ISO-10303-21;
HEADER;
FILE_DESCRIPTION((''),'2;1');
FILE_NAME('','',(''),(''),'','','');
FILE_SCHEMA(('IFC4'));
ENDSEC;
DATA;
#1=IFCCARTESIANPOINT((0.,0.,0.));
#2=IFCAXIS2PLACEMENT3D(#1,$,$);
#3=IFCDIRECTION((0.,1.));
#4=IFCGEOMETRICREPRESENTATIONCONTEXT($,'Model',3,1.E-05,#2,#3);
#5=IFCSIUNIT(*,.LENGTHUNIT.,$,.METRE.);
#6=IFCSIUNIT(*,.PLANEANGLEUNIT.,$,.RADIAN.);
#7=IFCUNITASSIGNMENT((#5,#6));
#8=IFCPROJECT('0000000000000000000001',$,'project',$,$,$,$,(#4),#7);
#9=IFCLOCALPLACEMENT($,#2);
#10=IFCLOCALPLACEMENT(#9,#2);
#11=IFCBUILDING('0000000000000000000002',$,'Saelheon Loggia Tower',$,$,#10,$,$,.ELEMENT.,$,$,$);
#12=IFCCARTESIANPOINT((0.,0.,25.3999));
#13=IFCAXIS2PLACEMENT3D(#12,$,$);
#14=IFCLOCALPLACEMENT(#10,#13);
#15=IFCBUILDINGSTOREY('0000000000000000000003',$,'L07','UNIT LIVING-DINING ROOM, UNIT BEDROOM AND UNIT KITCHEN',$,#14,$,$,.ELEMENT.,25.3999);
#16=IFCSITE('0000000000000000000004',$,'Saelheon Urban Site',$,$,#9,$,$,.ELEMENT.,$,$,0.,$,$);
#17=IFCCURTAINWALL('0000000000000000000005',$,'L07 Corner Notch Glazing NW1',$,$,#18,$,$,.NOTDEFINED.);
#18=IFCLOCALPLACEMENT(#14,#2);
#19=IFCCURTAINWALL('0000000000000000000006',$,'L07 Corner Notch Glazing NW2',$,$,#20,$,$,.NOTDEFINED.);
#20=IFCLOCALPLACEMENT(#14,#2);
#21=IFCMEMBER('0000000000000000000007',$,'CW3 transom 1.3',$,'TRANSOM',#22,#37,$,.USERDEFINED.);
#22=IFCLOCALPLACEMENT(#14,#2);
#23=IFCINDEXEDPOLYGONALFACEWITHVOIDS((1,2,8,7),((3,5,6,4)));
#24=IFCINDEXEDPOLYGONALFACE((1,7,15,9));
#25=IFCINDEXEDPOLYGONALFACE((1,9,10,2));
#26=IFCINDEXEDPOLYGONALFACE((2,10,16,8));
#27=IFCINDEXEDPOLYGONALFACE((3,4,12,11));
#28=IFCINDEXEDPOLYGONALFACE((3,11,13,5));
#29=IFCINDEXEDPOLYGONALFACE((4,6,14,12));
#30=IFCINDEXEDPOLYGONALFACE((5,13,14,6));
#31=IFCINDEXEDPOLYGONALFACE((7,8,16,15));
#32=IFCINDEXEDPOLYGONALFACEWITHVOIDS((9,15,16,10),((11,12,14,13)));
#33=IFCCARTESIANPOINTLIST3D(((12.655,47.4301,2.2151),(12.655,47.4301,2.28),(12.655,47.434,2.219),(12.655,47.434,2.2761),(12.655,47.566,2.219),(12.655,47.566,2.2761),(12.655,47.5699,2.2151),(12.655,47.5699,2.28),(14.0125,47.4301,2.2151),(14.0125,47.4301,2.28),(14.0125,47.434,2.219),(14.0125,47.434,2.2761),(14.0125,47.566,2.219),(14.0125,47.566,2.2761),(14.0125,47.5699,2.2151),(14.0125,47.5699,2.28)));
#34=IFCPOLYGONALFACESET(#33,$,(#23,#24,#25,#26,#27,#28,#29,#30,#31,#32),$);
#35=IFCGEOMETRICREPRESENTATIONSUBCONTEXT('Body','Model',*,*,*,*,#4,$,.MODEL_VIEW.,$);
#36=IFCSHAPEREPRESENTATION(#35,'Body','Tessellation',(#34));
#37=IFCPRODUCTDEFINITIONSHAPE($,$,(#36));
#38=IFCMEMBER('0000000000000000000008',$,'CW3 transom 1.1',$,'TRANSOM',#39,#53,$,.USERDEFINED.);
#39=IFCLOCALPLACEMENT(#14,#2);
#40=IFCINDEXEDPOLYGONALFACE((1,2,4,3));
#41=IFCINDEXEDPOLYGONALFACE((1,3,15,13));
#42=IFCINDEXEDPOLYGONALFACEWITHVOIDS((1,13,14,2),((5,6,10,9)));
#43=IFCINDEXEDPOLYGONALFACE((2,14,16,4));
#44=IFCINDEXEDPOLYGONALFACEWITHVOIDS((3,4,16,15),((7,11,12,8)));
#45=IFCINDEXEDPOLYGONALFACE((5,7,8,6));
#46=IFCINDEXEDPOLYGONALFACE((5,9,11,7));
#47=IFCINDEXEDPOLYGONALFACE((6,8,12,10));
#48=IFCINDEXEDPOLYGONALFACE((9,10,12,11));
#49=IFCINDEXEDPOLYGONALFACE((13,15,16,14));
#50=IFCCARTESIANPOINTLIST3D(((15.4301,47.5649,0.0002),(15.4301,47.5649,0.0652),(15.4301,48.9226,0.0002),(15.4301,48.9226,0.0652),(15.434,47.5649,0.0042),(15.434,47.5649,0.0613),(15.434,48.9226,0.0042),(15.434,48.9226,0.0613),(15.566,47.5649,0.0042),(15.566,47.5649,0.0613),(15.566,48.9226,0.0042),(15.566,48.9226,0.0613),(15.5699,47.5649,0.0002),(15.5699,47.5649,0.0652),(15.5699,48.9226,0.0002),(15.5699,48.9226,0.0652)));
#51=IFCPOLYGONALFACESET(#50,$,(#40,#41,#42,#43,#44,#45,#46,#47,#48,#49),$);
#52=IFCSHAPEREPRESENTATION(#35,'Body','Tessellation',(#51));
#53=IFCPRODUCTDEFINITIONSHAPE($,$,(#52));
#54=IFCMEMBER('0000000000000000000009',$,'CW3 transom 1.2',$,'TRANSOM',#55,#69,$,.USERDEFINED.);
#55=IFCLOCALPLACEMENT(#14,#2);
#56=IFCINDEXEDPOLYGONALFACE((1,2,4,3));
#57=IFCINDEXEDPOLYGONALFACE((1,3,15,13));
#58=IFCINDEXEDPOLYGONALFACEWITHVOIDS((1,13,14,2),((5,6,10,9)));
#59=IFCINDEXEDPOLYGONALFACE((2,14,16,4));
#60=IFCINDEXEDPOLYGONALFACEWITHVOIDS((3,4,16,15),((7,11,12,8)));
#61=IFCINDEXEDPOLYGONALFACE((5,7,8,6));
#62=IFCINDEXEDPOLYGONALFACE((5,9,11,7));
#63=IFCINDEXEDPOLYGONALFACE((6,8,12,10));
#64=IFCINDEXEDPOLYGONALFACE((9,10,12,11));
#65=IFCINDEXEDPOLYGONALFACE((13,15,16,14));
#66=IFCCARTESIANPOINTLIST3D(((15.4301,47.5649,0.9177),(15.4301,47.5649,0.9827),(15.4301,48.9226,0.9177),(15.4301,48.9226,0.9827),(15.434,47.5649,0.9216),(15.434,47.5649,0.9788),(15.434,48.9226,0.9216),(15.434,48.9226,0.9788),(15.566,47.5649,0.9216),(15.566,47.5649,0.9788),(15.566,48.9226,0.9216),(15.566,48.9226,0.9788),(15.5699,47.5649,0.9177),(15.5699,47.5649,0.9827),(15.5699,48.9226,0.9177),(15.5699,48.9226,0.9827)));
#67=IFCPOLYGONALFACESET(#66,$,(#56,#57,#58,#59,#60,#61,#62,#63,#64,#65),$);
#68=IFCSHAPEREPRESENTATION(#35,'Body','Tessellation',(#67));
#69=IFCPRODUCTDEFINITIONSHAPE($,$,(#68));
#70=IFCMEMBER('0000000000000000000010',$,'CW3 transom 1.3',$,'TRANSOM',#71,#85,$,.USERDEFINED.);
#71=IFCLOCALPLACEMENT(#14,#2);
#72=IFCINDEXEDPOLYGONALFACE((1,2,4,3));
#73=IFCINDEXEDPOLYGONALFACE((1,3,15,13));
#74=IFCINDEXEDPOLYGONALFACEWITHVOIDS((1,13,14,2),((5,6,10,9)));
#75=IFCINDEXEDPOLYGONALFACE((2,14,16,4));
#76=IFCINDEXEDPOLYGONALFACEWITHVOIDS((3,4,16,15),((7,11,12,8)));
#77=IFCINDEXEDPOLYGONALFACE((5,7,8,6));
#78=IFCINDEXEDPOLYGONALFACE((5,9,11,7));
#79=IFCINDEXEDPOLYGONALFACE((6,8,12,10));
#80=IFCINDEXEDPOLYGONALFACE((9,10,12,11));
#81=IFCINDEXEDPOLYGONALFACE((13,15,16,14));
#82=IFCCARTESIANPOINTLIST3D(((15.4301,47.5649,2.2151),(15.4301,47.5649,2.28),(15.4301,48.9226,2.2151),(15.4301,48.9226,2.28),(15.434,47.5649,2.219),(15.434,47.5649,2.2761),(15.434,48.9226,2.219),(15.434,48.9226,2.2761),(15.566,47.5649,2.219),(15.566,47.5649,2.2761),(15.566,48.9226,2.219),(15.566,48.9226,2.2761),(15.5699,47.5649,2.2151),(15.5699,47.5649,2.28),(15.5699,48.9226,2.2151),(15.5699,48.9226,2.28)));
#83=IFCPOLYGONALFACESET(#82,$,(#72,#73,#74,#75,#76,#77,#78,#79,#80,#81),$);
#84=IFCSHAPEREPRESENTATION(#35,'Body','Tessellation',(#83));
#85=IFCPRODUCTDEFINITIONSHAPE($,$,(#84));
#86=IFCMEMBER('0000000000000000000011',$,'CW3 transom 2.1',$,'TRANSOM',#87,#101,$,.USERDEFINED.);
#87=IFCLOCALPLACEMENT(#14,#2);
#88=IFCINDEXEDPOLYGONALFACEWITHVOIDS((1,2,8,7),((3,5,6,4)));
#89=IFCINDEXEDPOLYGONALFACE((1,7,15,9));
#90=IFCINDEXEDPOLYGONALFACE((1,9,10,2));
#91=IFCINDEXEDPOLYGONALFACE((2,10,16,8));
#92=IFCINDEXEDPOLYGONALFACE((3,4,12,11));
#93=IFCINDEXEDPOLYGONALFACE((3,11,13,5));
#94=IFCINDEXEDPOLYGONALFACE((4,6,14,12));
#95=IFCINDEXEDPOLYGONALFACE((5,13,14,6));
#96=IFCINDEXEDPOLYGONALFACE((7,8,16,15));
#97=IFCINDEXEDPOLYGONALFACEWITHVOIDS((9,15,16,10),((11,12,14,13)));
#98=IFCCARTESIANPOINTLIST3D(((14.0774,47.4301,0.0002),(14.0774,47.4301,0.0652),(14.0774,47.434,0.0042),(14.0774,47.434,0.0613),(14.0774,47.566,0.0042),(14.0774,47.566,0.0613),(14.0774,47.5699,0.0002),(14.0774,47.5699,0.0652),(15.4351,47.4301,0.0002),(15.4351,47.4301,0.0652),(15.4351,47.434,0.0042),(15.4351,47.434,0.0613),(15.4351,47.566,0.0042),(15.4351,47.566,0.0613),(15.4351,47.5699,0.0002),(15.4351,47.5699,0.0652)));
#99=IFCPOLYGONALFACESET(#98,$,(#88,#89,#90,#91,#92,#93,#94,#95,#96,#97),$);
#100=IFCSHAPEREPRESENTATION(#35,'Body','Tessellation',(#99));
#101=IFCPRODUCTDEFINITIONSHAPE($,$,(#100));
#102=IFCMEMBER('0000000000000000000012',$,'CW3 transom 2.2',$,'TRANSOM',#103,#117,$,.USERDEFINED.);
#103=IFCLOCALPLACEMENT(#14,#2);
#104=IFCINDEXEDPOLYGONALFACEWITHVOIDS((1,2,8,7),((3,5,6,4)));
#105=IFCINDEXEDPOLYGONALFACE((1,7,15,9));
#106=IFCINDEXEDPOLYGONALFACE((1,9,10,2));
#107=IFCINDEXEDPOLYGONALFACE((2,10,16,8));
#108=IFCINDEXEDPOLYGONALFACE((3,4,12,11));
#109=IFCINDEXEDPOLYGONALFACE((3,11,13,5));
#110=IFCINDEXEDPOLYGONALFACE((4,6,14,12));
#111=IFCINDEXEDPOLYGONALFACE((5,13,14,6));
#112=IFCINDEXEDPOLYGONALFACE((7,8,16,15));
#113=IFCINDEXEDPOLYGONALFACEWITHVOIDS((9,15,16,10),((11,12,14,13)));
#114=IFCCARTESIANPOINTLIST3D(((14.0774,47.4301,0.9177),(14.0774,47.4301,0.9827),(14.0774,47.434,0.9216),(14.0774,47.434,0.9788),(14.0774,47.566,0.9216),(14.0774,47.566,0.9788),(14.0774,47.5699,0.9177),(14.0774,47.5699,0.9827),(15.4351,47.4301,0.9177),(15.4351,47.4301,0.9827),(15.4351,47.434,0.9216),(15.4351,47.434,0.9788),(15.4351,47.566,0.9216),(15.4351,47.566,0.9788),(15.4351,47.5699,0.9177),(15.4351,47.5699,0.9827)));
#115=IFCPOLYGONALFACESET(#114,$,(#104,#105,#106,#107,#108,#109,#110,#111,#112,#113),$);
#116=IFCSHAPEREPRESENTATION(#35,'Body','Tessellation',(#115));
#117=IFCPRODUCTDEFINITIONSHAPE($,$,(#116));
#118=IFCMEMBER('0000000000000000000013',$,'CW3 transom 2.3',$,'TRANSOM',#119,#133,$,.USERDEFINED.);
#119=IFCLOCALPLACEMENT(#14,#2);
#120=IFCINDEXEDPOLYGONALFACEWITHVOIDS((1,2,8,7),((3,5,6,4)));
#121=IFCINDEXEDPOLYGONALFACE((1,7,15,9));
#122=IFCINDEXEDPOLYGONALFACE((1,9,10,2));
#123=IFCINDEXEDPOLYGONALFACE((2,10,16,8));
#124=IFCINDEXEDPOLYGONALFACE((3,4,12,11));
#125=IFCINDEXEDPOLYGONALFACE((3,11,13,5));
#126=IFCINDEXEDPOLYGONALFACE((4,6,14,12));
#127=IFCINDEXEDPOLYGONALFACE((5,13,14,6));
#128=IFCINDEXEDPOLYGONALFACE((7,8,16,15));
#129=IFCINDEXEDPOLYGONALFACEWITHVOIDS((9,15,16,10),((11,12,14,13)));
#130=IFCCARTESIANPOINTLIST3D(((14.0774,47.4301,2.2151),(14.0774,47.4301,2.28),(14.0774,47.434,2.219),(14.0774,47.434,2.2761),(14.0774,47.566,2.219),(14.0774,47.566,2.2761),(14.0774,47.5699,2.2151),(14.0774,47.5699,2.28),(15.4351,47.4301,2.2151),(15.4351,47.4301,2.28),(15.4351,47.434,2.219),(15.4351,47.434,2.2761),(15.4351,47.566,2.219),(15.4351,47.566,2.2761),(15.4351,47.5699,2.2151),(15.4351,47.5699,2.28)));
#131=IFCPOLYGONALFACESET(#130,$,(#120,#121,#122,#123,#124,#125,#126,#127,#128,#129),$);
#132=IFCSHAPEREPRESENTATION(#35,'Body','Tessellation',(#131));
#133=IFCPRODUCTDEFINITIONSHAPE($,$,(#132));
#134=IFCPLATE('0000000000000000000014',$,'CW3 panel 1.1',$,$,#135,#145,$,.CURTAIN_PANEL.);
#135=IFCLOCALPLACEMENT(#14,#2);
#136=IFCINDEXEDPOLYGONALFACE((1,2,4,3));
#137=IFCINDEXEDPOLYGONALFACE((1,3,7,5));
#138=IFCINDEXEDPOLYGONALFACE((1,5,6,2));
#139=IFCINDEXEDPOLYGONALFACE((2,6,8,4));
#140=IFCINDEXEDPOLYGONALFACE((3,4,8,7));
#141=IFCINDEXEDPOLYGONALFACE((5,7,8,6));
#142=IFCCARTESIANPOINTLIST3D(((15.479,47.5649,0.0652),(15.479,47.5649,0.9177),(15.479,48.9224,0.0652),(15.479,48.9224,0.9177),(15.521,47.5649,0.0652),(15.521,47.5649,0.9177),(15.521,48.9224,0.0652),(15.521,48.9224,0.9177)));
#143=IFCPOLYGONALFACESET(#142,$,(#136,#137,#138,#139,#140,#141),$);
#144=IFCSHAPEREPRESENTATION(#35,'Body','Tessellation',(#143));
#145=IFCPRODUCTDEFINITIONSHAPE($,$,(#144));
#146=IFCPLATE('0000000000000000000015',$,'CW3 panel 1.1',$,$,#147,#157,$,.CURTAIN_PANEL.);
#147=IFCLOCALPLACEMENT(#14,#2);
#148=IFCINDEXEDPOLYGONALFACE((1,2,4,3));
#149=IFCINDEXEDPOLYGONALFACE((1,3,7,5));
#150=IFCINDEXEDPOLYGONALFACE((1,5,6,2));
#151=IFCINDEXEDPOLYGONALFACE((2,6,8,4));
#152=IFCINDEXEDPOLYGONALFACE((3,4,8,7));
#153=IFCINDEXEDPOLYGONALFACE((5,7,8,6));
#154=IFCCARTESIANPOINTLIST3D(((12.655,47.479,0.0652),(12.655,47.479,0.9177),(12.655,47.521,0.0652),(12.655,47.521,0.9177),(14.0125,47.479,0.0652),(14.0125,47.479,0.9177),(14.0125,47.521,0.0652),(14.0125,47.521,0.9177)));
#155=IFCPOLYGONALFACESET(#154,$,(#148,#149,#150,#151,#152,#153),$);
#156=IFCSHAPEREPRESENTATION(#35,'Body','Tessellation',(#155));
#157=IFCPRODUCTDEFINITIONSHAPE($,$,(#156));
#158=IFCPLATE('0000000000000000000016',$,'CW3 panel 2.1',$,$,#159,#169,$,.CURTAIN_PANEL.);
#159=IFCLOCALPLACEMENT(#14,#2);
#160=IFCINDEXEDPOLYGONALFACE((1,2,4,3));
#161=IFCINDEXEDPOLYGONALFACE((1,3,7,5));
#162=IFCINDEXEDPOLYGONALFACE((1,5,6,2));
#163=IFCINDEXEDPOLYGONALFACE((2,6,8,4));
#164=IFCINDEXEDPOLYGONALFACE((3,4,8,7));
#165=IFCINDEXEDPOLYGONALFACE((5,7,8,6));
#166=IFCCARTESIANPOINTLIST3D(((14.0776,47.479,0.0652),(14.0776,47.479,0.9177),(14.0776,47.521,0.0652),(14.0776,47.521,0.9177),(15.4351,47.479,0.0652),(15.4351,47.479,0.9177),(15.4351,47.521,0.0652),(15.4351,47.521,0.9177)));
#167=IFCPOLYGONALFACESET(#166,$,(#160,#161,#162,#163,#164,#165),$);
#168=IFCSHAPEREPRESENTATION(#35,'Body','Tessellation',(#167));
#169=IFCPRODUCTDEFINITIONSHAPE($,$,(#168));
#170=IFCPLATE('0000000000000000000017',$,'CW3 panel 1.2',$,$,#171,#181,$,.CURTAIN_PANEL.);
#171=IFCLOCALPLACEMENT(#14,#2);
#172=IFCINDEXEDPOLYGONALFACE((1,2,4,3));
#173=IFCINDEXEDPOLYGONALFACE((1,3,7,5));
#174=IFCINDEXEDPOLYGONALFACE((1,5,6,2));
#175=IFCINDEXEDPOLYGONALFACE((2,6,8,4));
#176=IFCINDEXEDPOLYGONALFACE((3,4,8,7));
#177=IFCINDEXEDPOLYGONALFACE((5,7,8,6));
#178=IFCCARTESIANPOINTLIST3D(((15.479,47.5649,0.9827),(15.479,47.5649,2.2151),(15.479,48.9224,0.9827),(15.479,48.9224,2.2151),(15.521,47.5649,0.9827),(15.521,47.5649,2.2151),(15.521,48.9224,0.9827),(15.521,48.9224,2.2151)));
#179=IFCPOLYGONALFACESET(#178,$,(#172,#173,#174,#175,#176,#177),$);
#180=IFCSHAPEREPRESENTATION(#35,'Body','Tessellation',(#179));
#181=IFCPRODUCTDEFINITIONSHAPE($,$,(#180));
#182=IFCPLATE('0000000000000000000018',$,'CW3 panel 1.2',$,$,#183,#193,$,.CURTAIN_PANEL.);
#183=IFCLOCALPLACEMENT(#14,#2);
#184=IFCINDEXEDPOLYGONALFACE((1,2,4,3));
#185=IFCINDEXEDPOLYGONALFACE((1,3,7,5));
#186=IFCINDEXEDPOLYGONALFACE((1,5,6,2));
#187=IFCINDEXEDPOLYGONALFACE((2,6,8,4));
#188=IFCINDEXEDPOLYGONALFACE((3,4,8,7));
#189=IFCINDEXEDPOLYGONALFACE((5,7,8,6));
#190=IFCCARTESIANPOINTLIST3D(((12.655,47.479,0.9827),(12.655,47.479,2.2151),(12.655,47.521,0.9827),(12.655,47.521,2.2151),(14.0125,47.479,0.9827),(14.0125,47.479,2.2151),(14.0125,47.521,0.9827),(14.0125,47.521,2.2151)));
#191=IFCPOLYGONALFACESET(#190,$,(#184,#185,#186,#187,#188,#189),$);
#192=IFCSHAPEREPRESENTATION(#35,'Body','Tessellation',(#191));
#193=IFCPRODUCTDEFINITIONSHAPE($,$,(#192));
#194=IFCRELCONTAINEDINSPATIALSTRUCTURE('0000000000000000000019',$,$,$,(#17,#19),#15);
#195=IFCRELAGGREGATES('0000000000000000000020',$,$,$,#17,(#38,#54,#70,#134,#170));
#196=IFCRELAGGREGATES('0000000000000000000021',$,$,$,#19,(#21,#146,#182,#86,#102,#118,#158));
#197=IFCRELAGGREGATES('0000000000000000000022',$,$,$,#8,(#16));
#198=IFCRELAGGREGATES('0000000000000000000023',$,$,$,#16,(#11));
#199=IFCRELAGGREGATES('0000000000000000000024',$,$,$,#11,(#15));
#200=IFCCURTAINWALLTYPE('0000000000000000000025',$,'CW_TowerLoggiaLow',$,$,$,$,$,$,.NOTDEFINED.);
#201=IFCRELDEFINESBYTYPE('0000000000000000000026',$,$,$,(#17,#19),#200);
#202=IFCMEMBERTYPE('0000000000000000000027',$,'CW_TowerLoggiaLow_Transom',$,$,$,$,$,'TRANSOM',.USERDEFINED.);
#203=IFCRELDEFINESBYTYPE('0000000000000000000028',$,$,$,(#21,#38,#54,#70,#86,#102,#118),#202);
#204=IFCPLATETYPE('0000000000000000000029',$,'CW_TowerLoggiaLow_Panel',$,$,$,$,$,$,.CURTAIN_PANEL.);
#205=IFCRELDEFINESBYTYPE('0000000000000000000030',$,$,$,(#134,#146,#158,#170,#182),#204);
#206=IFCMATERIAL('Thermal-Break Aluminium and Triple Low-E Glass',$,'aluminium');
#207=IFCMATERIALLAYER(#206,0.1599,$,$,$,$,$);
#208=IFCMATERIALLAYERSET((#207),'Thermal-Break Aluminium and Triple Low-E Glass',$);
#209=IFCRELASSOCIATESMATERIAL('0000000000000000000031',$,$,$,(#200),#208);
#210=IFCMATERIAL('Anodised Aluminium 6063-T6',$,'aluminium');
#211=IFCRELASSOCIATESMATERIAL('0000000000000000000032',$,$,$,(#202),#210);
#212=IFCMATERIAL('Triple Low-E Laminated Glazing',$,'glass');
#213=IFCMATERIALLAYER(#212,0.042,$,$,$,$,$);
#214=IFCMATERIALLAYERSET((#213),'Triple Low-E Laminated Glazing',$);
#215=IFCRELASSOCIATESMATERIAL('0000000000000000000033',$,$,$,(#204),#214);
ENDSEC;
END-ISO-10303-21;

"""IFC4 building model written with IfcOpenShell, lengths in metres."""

from ifc_helpers import new_model, si_unit, direction, frame, origin, origin_2d, place, context, subcontext, project, spatial, rectangle, hollow_rectangle, extrude, source, transform, mapped, material, layer, layer_set, material_profile, profile_set, type_object, element, aggregate, save


model = new_model("IFC4")

# Units and contexts
model_context = context("Model", 3, precision=1e-05, world=origin(), true_north=direction((0.0, 1.0)))
body_context = subcontext(model_context, "Body", "Model", "MODEL_VIEW")
ifc_project = project(units=[si_unit("LENGTHUNIT", "METRE"), si_unit("PLANEANGLEUNIT", "RADIAN")], contexts=[model_context])

# Site, building, storey
site_placement = place(None, origin())
site = spatial("IfcSite", under=ifc_project, at=site_placement, Name="Saelheon Urban Site", CompositionType="ELEMENT", RefElevation=0.0)
building_placement = place(site_placement, origin())
building = spatial("IfcBuilding", under=site, at=building_placement, Name="Saelheon Loggia Tower", CompositionType="ELEMENT")
storey_placement = place(building_placement, frame((0.0, 0.0, 25.3999)))
storey = spatial("IfcBuildingStorey", under=building, at=storey_placement, Name="L07", Description="UNIT LIVING-DINING ROOM, UNIT BEDROOM AND UNIT KITCHEN", CompositionType="ELEMENT", Elevation=25.3999)

# Curtain walls
ifc_material_1 = material(Name="Thermal-Break Aluminium and Triple Low-E Glass", Category="aluminium")
ifc_layer_1 = layer(ifc_material_1, 0.1599)
ifc_layer_set_1 = layer_set([ifc_layer_1], Name="Thermal-Break Aluminium and Triple Low-E Glass")
curtain_wall_type = type_object("IfcCurtainWallType", Name="CW_TowerLoggiaLow", PredefinedType="NOTDEFINED", material=ifc_layer_set_1)
curtain_wall_1_placement = place(storey_placement, origin())
curtain_wall_1 = element("IfcCurtainWall", 1, at=curtain_wall_1_placement, inside=storey, type_object=curtain_wall_type, Name="L07 Corner Notch Glazing NW1", PredefinedType="NOTDEFINED")
ifc_material_2 = material(Name="Anodised Aluminium 6063-T6", Category="aluminium")
curtain_wall_2_placement = place(storey_placement, origin())
curtain_wall_2 = element("IfcCurtainWall", 2, at=curtain_wall_2_placement, inside=storey, type_object=curtain_wall_type, Name="L07 Corner Notch Glazing NW2", PredefinedType="NOTDEFINED")

# Members
ifc_material_profile_1 = material_profile(ifc_material_2, hollow_rectangle(XDim=0.0649, YDim=0.1399, WallThickness=0.0039, at=origin_2d()), Name="RHS-140x65x4")
ifc_profile_set_1 = profile_set([ifc_material_profile_1], Name="Anodised Aluminium 6063-T6")
member_type_1 = type_object("IfcMemberType", Name="CW_TowerLoggiaLow_Transom", ElementType="TRANSOM", PredefinedType="USERDEFINED", material=ifc_profile_set_1)
shared_shape_1 = source(origin(), body_context, "Body", "SweptSolid", [
    extrude(hollow_rectangle(XDim=0.0649, YDim=0.1399, WallThickness=0.0039, at=origin_2d()), origin(), (0.0, 0.0, 1.0), 1.3574),
])
member_1_placement = place(storey_placement, frame((12.655, 47.5, 2.2476), z_axis=(1.0, 0.0, 0.0), x_axis=(0.0, 0.0, 1.0)))
member_1 = element("IfcMember", 3, at=member_1_placement, type_object=member_type_1, Name="CW3 transom 1.3", ObjectType="TRANSOM", PredefinedType="USERDEFINED", context=body_context, shape_type="MappedRepresentation", body=[
    mapped(shared_shape_1, transform((0.0, 0.0, 0.0), scale=1.0)),
])
shared_shape_2 = source(origin(), body_context, "Body", "SweptSolid", [
    extrude(hollow_rectangle(XDim=0.0649, YDim=0.1399, WallThickness=0.0039, at=origin_2d()), origin(), (0.0, 0.0, 1.0), 1.3577),
])
member_2_placement = place(storey_placement, frame((15.5, 47.5649, 0.0327), z_axis=(0.0, 1.0, 0.0), x_axis=(0.0, 0.0, 1.0)))
member_2 = element("IfcMember", 4, at=member_2_placement, type_object=member_type_1, Name="CW3 transom 1.1", ObjectType="TRANSOM", PredefinedType="USERDEFINED", context=body_context, shape_type="MappedRepresentation", body=[
    mapped(shared_shape_2, transform((0.0, 0.0, 0.0), scale=1.0)),
])
member_3_placement = place(storey_placement, frame((15.5, 47.5649, 0.9502), z_axis=(0.0, 1.0, 0.0), x_axis=(0.0, 0.0, 1.0)))
member_3 = element("IfcMember", 5, at=member_3_placement, type_object=member_type_1, Name="CW3 transom 1.2", ObjectType="TRANSOM", PredefinedType="USERDEFINED", context=body_context, shape_type="MappedRepresentation", body=[
    mapped(shared_shape_2, transform((0.0, 0.0, 0.0), scale=1.0)),
])
member_4_placement = place(storey_placement, frame((15.5, 47.5649, 2.2476), z_axis=(0.0, 1.0, 0.0), x_axis=(0.0, 0.0, 1.0)))
member_4 = element("IfcMember", 6, at=member_4_placement, type_object=member_type_1, Name="CW3 transom 1.3", ObjectType="TRANSOM", PredefinedType="USERDEFINED", context=body_context, shape_type="MappedRepresentation", body=[
    mapped(shared_shape_2, transform((0.0, 0.0, 0.0), scale=1.0)),
])
member_5_placement = place(storey_placement, frame((14.0774, 47.5, 0.0327), z_axis=(1.0, 0.0, 0.0), x_axis=(0.0, 0.0, 1.0)))
member_5 = element("IfcMember", 7, at=member_5_placement, type_object=member_type_1, Name="CW3 transom 2.1", ObjectType="TRANSOM", PredefinedType="USERDEFINED", context=body_context, shape_type="MappedRepresentation", body=[
    mapped(shared_shape_2, transform((0.0, 0.0, 0.0), scale=1.0)),
])
member_6_placement = place(storey_placement, frame((14.0774, 47.5, 0.9502), z_axis=(1.0, 0.0, 0.0), x_axis=(0.0, 0.0, 1.0)))
member_6 = element("IfcMember", 8, at=member_6_placement, type_object=member_type_1, Name="CW3 transom 2.2", ObjectType="TRANSOM", PredefinedType="USERDEFINED", context=body_context, shape_type="MappedRepresentation", body=[
    mapped(shared_shape_2, transform((0.0, 0.0, 0.0), scale=1.0)),
])
member_7_placement = place(storey_placement, frame((14.0774, 47.5, 2.2476), z_axis=(1.0, 0.0, 0.0), x_axis=(0.0, 0.0, 1.0)))
member_7 = element("IfcMember", 9, at=member_7_placement, type_object=member_type_1, Name="CW3 transom 2.3", ObjectType="TRANSOM", PredefinedType="USERDEFINED", context=body_context, shape_type="MappedRepresentation", body=[
    mapped(shared_shape_2, transform((0.0, 0.0, 0.0), scale=1.0)),
])

# Plates
ifc_material_3 = material(Name="Triple Low-E Laminated Glazing", Category="glass")
ifc_layer_2 = layer(ifc_material_3, 0.042)
ifc_layer_set_2 = layer_set([ifc_layer_2], Name="Triple Low-E Laminated Glazing")
plate_type = type_object("IfcPlateType", Name="CW_TowerLoggiaLow_Panel", PredefinedType="CURTAIN_PANEL", material=ifc_layer_set_2)
shared_shape_3 = source(origin(), body_context, "Body", "SweptSolid", [
    extrude(rectangle(XDim=1.3574, YDim=0.042, at=origin_2d()), origin(), (0.0, 0.0, 1.0), 0.8525),
])
plate_1_placement = place(storey_placement, frame((15.5, 48.2437, 0.0652), z_axis=(0.0, 0.0, 1.0), x_axis=(0.0, 1.0, 0.0)))
plate_1 = element("IfcPlate", 10, at=plate_1_placement, type_object=plate_type, Name="CW3 panel 1.1", PredefinedType="CURTAIN_PANEL", context=body_context, shape_type="MappedRepresentation", body=[
    mapped(shared_shape_3, transform((0.0, 0.0, 0.0), scale=1.0)),
])
plate_2_placement = place(storey_placement, frame((13.3337, 47.5, 0.0652), z_axis=(0.0, 0.0, 1.0), x_axis=(1.0, 0.0, 0.0)))
plate_2 = element("IfcPlate", 11, at=plate_2_placement, type_object=plate_type, Name="CW3 panel 1.1", PredefinedType="CURTAIN_PANEL", context=body_context, shape_type="MappedRepresentation", body=[
    mapped(shared_shape_3, transform((0.0, 0.0, 0.0), scale=1.0)),
])
plate_3_placement = place(storey_placement, frame((14.7563, 47.5, 0.0652), z_axis=(0.0, 0.0, 1.0), x_axis=(1.0, 0.0, 0.0)))
plate_3 = element("IfcPlate", 12, at=plate_3_placement, type_object=plate_type, Name="CW3 panel 2.1", PredefinedType="CURTAIN_PANEL", context=body_context, shape_type="MappedRepresentation", body=[
    mapped(shared_shape_3, transform((0.0, 0.0, 0.0), scale=1.0)),
])
shared_shape_4 = source(origin(), body_context, "Body", "SweptSolid", [
    extrude(rectangle(XDim=1.3574, YDim=0.042, at=origin_2d()), origin(), (0.0, 0.0, 1.0), 1.2324),
])
plate_4_placement = place(storey_placement, frame((15.5, 48.2437, 0.9827), z_axis=(0.0, 0.0, 1.0), x_axis=(0.0, 1.0, 0.0)))
plate_4 = element("IfcPlate", 13, at=plate_4_placement, type_object=plate_type, Name="CW3 panel 1.2", PredefinedType="CURTAIN_PANEL", context=body_context, shape_type="MappedRepresentation", body=[
    mapped(shared_shape_4, transform((0.0, 0.0, 0.0), scale=1.0)),
])
aggregate(curtain_wall_1, [member_2, member_3, member_4, plate_1, plate_4])
plate_5_placement = place(storey_placement, frame((13.3337, 47.5, 0.9827), z_axis=(0.0, 0.0, 1.0), x_axis=(1.0, 0.0, 0.0)))
plate_5 = element("IfcPlate", 14, at=plate_5_placement, type_object=plate_type, Name="CW3 panel 1.2", PredefinedType="CURTAIN_PANEL", context=body_context, shape_type="MappedRepresentation", body=[
    mapped(shared_shape_4, transform((0.0, 0.0, 0.0), scale=1.0)),
])
aggregate(curtain_wall_2, [member_1, plate_2, plate_5, member_5, member_6, member_7, plate_3])

save(model, "model.ifc")
